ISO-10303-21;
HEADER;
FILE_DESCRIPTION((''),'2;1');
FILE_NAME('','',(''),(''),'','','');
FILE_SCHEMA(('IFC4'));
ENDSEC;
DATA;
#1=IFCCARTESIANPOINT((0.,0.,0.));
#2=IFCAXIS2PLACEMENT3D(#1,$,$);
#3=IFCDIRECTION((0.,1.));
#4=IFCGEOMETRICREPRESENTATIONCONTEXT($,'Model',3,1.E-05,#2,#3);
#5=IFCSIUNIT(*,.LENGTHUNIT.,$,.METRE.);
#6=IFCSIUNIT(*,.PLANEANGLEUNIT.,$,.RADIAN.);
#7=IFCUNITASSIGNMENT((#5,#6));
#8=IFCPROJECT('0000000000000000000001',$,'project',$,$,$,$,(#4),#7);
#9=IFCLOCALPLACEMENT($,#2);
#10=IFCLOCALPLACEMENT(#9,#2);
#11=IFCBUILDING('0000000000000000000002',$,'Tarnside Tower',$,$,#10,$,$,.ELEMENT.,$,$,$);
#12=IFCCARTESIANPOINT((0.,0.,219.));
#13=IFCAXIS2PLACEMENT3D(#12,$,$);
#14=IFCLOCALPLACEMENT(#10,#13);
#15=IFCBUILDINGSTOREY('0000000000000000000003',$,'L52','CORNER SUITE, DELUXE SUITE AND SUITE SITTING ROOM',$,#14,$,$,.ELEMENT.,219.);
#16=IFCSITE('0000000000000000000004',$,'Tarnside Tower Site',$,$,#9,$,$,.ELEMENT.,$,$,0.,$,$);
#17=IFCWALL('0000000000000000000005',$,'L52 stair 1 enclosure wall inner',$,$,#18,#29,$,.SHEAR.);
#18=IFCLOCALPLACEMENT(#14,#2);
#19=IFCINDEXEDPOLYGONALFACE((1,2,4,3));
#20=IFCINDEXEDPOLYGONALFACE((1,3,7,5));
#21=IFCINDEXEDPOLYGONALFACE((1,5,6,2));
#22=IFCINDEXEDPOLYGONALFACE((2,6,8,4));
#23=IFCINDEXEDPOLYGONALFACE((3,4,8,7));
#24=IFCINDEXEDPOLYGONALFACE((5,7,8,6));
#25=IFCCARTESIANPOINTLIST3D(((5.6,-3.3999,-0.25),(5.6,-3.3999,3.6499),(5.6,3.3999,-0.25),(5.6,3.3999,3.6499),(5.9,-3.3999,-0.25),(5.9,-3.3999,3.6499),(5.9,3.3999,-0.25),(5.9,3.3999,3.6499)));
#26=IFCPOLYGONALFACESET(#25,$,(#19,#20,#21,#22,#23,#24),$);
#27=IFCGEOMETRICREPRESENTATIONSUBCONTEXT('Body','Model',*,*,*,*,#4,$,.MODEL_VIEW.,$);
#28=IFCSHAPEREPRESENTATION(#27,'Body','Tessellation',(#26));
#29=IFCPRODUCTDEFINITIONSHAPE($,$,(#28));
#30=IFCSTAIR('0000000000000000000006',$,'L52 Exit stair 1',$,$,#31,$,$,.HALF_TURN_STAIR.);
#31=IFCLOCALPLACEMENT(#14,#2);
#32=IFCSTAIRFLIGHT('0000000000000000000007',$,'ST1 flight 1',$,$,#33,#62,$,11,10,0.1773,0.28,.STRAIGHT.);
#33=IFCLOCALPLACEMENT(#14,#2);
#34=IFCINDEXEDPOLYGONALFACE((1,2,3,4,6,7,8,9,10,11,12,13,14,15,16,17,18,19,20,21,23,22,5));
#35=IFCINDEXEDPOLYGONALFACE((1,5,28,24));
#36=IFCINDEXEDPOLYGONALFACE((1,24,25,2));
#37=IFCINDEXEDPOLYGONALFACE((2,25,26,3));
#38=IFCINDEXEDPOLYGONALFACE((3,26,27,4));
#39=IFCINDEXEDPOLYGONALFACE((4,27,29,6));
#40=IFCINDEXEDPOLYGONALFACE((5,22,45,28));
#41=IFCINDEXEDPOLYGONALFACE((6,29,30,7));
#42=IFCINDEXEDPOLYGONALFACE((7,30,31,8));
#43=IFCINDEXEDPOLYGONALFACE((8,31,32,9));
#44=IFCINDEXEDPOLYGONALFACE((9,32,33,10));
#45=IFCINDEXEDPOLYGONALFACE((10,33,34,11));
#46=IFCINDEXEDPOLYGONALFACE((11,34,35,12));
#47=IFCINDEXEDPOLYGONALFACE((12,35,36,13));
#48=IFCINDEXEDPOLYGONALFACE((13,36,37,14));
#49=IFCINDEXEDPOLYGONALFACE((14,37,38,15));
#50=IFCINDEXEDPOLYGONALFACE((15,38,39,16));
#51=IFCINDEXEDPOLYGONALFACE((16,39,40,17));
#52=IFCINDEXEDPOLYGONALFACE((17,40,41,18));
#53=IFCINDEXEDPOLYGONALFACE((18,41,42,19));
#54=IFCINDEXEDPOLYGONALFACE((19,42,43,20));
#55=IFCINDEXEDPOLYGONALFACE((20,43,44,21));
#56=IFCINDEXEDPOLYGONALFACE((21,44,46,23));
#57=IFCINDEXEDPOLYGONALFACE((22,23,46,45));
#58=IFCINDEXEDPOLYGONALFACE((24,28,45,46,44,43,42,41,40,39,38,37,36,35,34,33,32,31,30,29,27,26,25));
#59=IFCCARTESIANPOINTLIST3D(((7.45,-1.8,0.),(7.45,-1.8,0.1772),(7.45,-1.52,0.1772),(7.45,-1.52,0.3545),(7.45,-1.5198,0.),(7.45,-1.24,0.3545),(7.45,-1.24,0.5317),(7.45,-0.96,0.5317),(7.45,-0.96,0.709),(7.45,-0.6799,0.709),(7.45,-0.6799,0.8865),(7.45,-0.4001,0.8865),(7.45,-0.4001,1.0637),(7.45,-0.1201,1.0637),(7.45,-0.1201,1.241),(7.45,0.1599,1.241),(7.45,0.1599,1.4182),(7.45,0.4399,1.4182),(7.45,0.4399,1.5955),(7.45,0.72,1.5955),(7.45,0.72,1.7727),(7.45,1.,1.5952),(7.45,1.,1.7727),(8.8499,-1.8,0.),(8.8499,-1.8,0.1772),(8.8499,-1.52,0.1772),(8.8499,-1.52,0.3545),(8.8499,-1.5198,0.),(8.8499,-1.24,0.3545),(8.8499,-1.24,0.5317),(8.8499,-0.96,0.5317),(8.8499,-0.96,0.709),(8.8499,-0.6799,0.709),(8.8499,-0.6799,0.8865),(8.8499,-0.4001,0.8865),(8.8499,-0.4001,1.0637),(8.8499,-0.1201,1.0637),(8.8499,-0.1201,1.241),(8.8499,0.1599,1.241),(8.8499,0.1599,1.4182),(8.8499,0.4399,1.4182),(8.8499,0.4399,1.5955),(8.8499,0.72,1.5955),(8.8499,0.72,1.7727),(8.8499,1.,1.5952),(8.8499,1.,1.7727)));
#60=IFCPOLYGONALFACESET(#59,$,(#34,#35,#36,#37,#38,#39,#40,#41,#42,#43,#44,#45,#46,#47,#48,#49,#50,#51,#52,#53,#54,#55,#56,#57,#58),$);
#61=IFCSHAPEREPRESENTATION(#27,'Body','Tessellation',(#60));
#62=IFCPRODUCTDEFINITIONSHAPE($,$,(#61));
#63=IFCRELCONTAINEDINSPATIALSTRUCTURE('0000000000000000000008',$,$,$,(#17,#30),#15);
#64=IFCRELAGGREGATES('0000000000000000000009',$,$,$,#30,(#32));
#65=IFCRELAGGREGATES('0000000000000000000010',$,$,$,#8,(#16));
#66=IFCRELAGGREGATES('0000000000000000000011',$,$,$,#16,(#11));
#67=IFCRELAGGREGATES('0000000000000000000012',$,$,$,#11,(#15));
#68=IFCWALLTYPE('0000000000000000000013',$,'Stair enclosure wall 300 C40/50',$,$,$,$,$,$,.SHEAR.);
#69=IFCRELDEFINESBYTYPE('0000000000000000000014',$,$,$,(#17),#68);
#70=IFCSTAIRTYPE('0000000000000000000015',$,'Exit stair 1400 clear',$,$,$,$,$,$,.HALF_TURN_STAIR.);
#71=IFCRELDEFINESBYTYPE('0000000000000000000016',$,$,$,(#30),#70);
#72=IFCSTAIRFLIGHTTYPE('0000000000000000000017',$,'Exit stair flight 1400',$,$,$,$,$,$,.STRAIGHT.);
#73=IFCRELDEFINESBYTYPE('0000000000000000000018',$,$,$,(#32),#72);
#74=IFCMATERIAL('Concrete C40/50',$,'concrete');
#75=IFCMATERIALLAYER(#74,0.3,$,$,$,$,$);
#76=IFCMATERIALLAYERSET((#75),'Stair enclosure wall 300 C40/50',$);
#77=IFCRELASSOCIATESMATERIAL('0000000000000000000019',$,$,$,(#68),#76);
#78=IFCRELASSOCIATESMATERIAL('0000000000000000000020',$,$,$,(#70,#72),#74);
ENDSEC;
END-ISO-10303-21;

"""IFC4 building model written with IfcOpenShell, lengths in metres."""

from ifc_helpers import new_model, si_unit, direction, frame, frame_2d, origin, place, context, subcontext, project, spatial, polyline, rectangle, outline, extrude, material, layer, layer_set, type_object, element, aggregate, save


model = new_model("IFC4")

# Units and contexts
model_context = context("Model", 3, precision=1e-05, world=origin(), true_north=direction((0.0, 1.0)))
body_context = subcontext(model_context, "Body", "Model", "MODEL_VIEW")
ifc_project = project(units=[si_unit("LENGTHUNIT", "METRE"), si_unit("PLANEANGLEUNIT", "RADIAN")], contexts=[model_context])

# Site, building, storey
site_placement = place(None, origin())
site = spatial("IfcSite", under=ifc_project, at=site_placement, Name="Tarnside Tower Site", CompositionType="ELEMENT", RefElevation=0.0)
building_placement = place(site_placement, origin())
building = spatial("IfcBuilding", under=site, at=building_placement, Name="Tarnside Tower", CompositionType="ELEMENT")
storey_placement = place(building_placement, frame((0.0, 0.0, 219.0)))
storey = spatial("IfcBuildingStorey", under=building, at=storey_placement, Name="L52", Description="CORNER SUITE, DELUXE SUITE AND SUITE SITTING ROOM", CompositionType="ELEMENT", Elevation=219.0)

# Shared definitions
ifc_material_1 = material(Name="Concrete C40/50", Category="concrete")

# Wall
ifc_layer_1 = layer(ifc_material_1, 0.3)
ifc_layer_set_1 = layer_set([ifc_layer_1], Name="Stair enclosure wall 300 C40/50")
wall_type_1 = type_object("IfcWallType", Name="Stair enclosure wall 300 C40/50", PredefinedType="SHEAR", material=ifc_layer_set_1)
wall_1_placement = place(storey_placement, frame((5.75, -3.3999, -0.25), z_axis=(0.0, 0.0, 1.0), x_axis=(0.0, 1.0, 0.0)))
element("IfcWall", 1, at=wall_1_placement, inside=storey, type_object=wall_type_1, Name="L52 stair 1 enclosure wall inner", PredefinedType="SHEAR", context=body_context, shape_type="SweptSolid", body=[
    extrude(rectangle(XDim=6.7998, YDim=0.3, at=frame_2d((3.3999, 0.0))), origin(), (0.0, 0.0, 1.0), 3.8999),
])

# Stair, stair flight
stair_type = type_object("IfcStairType", Name="Exit stair 1400 clear", PredefinedType="HALF_TURN_STAIR", material=ifc_material_1)
stair_placement = place(storey_placement, origin())
stair = element("IfcStair", 2, at=stair_placement, inside=storey, type_object=stair_type, Name="L52 Exit stair 1", PredefinedType="HALF_TURN_STAIR")
stair_flight_type = type_object("IfcStairFlightType", Name="Exit stair flight 1400", PredefinedType="STRAIGHT", material=ifc_material_1)
stair_flight_placement = place(storey_placement, frame((8.1499, -1.8, 0.0), z_axis=(0.0, 0.0, 1.0), x_axis=(0.0, 1.0, 0.0)))
stair_flight = element("IfcStairFlight", 3, at=stair_flight_placement, type_object=stair_flight_type, Name="ST1 flight 1", NumberOfRisers=11, NumberOfTreads=10, PredefinedType="STRAIGHT", RiserHeight=0.1773, TreadLength=0.28, context=body_context, shape_type="SweptSolid", body=[
    extrude(outline(polyline([(0.0, 0.0), (0.0, 0.1772), (0.28, 0.1772), (0.28, 0.3545), (0.5601, 0.3545), (0.5601, 0.5317), (0.8401, 0.5317), (0.8401, 0.709), (1.1201, 0.709), (1.1201, 0.8865), (1.3999, 0.8865), (1.3999, 1.0637), (1.6799, 1.0637), (1.6799, 1.241), (1.96, 1.241), (1.96, 1.4182), (2.24, 1.4182), (2.24, 1.5955), (2.52, 1.5955), (2.52, 1.7727), (2.8, 1.7727), (2.8, 1.95), (2.8, 1.5952), (0.2803, 0.0), (0.0, 0.0)])), frame((0.0, 0.7, 0.0), z_axis=(0.0, -1.0, 0.0), x_axis=(1.0, 0.0, 0.0)), (0.0, 0.0, 1.0), 1.3999),
])
aggregate(stair, [stair_flight])

save(model, "model.ifc")
